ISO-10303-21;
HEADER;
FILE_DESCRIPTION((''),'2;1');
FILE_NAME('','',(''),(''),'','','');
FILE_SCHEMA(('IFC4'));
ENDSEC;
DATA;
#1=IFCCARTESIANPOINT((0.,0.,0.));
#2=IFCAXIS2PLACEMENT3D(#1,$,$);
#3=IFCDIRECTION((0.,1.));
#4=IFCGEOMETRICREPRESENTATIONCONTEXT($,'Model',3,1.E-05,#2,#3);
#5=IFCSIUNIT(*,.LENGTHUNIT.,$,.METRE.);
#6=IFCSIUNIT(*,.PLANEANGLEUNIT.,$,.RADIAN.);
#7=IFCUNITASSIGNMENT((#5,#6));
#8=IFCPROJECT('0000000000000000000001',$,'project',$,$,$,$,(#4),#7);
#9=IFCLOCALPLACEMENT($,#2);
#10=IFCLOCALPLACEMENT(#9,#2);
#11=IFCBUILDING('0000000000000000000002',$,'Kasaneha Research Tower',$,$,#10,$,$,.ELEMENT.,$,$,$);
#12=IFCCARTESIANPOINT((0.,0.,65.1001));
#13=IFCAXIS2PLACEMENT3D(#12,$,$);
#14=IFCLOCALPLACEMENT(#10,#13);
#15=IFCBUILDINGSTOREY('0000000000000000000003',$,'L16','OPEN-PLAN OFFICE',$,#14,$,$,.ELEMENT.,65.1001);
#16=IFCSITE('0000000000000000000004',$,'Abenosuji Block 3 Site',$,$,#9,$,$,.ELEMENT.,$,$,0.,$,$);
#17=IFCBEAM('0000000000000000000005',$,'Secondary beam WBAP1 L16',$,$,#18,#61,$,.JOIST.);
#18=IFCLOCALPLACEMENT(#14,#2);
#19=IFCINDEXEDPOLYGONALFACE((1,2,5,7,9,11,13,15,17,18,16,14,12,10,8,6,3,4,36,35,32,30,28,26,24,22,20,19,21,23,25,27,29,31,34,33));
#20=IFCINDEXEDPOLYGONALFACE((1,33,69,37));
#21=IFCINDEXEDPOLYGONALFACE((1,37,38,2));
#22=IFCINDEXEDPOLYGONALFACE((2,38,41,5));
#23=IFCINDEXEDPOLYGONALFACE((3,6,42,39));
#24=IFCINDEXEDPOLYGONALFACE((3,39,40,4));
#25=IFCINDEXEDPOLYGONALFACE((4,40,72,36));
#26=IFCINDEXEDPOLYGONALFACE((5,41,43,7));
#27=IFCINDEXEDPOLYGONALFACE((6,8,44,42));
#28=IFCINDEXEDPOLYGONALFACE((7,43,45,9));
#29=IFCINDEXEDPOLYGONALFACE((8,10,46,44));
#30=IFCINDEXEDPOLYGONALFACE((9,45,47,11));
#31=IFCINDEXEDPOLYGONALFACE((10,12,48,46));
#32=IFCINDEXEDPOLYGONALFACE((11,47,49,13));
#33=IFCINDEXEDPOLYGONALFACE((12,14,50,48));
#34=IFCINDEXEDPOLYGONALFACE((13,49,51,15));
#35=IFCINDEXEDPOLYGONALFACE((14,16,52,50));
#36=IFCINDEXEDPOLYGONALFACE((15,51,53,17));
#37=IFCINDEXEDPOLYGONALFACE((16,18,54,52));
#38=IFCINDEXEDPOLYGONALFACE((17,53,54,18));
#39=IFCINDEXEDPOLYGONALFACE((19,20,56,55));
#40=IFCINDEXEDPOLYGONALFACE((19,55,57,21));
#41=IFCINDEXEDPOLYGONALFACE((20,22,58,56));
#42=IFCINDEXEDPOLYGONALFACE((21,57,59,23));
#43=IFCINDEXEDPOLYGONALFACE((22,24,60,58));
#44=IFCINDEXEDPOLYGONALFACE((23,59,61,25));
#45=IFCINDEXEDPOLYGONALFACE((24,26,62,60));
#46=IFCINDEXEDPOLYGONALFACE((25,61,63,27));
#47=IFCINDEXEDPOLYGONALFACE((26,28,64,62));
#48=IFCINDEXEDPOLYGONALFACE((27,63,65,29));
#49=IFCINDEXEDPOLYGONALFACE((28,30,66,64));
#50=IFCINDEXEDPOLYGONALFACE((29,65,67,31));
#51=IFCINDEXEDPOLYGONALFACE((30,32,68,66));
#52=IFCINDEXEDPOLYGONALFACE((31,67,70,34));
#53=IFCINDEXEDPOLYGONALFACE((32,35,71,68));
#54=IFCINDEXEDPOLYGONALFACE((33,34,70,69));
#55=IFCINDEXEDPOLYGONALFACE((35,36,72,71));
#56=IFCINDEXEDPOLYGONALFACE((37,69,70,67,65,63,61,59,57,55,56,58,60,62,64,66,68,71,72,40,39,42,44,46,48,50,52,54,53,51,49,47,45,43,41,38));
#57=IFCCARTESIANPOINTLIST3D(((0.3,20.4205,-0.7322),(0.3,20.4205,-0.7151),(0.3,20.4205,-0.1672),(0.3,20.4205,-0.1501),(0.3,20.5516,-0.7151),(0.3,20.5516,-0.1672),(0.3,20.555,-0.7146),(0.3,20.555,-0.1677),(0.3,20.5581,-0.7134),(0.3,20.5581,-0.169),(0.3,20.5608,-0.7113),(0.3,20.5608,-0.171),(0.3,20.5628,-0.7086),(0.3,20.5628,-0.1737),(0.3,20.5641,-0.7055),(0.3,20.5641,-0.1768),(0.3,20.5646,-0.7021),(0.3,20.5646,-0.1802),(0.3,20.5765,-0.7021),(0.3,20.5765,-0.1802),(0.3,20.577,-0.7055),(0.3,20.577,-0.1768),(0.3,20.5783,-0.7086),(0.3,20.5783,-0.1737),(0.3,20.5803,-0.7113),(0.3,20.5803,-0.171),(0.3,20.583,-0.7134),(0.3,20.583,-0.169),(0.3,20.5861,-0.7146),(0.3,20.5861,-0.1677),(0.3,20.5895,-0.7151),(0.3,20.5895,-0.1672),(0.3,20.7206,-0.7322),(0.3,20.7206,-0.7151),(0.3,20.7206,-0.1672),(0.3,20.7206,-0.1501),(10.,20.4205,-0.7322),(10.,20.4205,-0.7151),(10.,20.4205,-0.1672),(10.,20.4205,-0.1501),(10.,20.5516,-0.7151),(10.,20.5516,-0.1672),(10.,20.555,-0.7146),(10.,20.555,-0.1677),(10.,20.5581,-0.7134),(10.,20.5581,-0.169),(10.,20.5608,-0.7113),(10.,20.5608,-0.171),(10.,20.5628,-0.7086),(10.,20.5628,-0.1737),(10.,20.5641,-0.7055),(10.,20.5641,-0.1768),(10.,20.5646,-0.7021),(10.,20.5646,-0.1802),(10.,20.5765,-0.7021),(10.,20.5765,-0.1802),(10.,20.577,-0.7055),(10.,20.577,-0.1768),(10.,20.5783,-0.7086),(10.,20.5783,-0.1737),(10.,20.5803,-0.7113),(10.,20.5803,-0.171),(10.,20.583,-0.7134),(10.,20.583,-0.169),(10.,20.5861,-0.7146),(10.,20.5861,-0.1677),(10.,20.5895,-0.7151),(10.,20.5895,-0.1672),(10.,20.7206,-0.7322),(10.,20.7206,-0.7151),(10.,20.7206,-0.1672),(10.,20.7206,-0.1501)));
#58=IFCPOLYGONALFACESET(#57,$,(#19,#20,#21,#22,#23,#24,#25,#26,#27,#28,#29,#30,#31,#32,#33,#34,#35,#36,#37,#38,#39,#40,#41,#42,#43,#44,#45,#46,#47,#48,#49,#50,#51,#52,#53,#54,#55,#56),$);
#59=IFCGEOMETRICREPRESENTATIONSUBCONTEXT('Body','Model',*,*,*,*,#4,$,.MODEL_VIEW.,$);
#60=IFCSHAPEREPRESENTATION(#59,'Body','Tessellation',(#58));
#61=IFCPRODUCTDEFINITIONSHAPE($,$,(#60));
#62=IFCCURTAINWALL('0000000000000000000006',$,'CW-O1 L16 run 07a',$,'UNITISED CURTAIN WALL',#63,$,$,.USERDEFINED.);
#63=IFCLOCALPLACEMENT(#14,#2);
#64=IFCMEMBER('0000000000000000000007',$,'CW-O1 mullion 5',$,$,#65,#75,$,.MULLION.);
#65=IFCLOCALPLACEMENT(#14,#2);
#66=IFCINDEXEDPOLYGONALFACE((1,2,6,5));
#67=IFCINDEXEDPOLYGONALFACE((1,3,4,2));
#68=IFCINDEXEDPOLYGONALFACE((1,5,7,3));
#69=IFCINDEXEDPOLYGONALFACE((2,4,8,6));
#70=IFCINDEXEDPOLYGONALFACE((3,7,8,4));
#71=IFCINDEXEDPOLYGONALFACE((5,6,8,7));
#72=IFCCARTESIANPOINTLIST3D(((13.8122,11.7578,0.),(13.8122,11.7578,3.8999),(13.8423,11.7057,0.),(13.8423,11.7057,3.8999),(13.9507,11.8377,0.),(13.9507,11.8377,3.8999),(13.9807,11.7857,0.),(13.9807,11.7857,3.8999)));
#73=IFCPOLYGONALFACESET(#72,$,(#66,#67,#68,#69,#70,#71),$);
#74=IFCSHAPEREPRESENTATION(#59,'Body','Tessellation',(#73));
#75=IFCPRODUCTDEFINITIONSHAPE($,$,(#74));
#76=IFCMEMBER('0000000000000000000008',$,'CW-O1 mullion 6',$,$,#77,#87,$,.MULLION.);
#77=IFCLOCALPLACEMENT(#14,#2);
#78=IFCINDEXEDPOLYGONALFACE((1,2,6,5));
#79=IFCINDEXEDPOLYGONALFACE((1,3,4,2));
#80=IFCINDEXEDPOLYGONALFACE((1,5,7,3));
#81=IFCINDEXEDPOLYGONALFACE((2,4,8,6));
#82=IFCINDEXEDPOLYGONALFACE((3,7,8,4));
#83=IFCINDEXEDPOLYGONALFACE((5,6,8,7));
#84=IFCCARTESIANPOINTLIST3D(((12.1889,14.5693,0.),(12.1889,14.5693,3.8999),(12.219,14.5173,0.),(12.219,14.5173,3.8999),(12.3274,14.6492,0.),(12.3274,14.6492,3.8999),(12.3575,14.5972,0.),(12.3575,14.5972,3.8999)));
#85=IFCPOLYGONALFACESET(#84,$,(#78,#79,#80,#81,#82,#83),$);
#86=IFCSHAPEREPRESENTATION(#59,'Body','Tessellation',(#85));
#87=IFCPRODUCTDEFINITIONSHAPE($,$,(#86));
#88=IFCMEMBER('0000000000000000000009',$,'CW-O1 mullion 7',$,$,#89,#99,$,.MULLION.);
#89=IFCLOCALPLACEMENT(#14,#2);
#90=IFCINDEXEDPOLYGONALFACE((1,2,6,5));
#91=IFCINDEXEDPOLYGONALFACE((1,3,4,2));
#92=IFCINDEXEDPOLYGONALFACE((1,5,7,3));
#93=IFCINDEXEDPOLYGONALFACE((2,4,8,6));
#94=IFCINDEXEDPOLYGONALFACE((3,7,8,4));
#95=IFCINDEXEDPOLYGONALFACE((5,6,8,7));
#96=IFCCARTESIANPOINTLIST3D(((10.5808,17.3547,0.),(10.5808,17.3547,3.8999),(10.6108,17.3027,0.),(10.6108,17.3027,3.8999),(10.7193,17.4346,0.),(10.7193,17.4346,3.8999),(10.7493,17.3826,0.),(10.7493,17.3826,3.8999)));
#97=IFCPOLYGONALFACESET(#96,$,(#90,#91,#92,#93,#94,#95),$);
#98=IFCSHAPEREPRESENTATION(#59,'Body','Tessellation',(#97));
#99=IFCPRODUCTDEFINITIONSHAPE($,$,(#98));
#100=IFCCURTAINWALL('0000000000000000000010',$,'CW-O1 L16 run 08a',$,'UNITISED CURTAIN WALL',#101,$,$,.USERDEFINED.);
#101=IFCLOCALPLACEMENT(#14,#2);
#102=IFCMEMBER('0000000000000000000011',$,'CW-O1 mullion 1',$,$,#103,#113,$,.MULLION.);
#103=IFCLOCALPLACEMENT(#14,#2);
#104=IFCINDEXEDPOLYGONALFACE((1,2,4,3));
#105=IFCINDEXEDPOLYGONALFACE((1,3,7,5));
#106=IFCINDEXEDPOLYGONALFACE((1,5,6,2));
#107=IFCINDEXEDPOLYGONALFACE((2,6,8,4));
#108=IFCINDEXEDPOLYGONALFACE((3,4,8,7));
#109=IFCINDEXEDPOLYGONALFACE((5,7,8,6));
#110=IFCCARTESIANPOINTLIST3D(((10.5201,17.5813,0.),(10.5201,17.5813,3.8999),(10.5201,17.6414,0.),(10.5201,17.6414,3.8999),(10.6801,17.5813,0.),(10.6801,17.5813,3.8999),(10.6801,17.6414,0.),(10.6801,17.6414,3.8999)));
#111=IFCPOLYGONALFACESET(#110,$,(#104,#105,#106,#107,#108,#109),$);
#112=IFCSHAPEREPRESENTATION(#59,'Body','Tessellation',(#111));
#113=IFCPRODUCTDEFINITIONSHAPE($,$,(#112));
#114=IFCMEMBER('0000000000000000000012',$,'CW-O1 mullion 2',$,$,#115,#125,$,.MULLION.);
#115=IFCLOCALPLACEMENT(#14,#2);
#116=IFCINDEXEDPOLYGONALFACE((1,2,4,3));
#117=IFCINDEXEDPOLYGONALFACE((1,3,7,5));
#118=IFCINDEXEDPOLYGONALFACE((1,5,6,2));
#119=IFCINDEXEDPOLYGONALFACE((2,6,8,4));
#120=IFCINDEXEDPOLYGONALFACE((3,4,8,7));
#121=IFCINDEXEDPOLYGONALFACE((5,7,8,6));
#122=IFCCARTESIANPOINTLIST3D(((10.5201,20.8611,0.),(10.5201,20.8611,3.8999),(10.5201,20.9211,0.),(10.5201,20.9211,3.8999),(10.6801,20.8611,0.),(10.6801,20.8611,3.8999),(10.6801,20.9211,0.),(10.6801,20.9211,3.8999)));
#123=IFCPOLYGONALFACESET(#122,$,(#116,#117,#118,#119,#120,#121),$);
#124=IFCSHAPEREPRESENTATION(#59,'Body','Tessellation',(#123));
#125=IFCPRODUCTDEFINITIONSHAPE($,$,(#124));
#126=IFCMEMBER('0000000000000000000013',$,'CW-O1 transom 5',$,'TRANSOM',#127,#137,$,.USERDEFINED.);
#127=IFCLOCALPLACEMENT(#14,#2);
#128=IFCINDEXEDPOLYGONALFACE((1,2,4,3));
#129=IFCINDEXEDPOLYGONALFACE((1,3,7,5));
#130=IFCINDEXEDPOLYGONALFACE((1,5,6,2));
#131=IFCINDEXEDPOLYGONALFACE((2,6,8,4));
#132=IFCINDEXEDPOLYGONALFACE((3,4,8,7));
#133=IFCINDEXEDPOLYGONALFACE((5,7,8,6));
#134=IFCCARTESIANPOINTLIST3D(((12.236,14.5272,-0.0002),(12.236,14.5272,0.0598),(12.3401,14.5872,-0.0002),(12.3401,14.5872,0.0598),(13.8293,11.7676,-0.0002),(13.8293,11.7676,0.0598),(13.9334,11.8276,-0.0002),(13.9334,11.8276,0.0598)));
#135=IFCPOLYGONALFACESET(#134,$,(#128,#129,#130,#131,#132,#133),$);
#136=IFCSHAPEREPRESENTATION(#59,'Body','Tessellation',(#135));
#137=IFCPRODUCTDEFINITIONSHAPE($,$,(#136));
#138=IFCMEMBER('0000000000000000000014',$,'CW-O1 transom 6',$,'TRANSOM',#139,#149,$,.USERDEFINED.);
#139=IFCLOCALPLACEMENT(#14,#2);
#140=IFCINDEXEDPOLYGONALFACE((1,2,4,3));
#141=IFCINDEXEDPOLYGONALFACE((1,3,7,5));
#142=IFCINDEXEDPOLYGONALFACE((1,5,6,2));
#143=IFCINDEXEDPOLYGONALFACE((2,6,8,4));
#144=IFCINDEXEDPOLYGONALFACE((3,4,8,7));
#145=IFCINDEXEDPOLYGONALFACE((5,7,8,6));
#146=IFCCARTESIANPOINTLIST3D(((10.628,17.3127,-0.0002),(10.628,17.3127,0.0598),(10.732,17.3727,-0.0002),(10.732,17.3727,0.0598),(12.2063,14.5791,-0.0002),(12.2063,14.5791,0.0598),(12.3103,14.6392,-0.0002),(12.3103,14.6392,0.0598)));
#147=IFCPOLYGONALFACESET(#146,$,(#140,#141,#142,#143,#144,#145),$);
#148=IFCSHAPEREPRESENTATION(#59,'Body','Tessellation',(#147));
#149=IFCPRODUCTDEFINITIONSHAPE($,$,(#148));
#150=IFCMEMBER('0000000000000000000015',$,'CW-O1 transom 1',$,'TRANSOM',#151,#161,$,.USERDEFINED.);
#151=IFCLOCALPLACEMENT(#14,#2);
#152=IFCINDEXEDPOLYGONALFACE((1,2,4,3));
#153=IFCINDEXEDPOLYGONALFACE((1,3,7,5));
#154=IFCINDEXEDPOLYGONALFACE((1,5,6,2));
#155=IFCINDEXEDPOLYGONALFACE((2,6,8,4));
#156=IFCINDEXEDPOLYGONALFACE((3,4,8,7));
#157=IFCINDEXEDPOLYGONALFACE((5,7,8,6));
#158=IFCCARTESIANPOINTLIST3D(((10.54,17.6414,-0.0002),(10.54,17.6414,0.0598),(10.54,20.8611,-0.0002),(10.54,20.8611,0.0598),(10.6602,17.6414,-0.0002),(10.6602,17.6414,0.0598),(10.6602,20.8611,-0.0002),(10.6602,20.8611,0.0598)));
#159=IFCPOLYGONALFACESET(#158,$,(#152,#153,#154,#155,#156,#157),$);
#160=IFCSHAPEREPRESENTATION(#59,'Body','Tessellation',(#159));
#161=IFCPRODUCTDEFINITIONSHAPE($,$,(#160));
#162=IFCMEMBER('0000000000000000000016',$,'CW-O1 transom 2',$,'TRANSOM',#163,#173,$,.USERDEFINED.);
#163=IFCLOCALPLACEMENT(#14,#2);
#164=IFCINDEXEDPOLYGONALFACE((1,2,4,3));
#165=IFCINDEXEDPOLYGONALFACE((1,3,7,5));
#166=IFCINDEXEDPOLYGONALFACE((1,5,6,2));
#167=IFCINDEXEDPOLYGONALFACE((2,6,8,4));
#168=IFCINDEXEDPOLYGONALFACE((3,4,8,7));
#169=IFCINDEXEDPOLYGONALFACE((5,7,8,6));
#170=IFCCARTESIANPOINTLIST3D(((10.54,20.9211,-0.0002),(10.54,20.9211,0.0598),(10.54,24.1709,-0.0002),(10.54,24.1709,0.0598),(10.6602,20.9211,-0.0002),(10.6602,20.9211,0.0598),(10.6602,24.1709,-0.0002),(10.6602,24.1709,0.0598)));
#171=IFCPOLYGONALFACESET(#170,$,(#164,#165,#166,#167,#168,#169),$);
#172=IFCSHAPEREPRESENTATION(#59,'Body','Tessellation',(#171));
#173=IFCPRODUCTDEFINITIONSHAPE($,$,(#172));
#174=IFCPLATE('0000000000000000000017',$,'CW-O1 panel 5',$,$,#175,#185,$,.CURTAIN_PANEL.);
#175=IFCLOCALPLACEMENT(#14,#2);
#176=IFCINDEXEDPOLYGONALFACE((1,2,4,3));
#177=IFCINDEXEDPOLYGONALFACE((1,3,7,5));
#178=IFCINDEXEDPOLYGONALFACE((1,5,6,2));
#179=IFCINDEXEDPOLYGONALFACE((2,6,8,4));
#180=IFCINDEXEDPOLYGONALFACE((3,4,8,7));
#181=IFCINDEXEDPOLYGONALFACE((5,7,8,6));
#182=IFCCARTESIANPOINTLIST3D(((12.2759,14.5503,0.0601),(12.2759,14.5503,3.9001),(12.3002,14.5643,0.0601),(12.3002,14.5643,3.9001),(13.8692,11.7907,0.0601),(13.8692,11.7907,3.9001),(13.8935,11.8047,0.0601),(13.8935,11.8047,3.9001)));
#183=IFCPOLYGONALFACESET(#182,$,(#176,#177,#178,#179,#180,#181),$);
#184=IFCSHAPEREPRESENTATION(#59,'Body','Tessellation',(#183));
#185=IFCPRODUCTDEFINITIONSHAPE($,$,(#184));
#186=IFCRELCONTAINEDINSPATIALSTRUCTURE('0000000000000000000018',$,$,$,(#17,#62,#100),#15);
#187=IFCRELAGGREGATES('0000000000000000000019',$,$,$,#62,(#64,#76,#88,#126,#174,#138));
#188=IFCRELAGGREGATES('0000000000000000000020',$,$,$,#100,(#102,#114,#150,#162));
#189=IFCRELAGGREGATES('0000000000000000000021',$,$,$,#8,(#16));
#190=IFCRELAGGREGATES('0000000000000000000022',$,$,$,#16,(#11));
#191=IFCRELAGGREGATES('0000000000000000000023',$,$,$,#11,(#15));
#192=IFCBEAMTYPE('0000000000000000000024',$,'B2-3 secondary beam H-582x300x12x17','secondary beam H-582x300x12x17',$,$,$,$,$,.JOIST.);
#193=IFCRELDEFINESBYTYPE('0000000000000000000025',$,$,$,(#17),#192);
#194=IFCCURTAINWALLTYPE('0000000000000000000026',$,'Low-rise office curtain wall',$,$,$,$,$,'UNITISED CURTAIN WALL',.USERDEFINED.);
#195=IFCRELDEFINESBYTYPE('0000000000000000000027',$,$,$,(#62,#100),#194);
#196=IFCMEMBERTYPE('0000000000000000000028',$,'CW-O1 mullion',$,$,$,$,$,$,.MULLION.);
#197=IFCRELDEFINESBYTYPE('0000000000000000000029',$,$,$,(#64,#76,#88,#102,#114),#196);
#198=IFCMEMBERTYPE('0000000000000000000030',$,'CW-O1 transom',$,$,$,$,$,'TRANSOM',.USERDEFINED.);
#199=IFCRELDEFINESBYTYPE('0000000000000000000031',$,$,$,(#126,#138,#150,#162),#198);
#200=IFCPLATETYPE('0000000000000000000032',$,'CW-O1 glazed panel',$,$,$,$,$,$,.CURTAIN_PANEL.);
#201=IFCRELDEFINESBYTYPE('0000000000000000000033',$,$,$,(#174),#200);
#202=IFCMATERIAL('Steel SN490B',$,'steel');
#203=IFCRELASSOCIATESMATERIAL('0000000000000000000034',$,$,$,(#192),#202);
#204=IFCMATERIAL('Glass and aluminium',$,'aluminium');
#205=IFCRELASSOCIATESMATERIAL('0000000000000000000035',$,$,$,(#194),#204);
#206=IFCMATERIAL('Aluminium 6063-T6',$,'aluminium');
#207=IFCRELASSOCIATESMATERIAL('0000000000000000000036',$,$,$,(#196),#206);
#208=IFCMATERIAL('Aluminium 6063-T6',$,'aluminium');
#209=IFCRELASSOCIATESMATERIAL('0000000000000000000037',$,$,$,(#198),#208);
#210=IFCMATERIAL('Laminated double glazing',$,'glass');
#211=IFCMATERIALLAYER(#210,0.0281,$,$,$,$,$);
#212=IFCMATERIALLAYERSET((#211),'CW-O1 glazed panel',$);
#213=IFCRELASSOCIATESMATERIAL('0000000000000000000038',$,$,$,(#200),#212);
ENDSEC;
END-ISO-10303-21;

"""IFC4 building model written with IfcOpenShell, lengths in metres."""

from ifc_helpers import new_model, si_unit, direction, frame, origin, origin_2d, place, context, subcontext, project, spatial, rectangle, i_section, extrude, material, layer, layer_set, material_profile, profile_set, type_object, element, aggregate, save


model = new_model("IFC4")

# Units and contexts
model_context = context("Model", 3, precision=1e-05, world=origin(), true_north=direction((0.0, 1.0)))
body_context = subcontext(model_context, "Body", "Model", "MODEL_VIEW")
ifc_project = project(units=[si_unit("LENGTHUNIT", "METRE"), si_unit("PLANEANGLEUNIT", "RADIAN")], contexts=[model_context])

# Site, building, storey
site_placement = place(None, origin())
site = spatial("IfcSite", under=ifc_project, at=site_placement, Name="Abenosuji Block 3 Site", CompositionType="ELEMENT", RefElevation=0.0)
building_placement = place(site_placement, origin())
building = spatial("IfcBuilding", under=site, at=building_placement, Name="Kasaneha Research Tower", CompositionType="ELEMENT")
storey_placement = place(building_placement, frame((0.0, 0.0, 65.1001)))
storey = spatial("IfcBuildingStorey", under=building, at=storey_placement, Name="L16", Description="OPEN-PLAN OFFICE", CompositionType="ELEMENT", Elevation=65.1001)

# Beam
ifc_material_1 = material(Name="Steel SN490B", Category="steel")
ifc_material_profile_1 = material_profile(ifc_material_1, i_section(OverallWidth=0.3, OverallDepth=0.582, WebThickness=0.012, FlangeThickness=0.0171, FilletRadius=0.0129, at=origin_2d()), Name="H-582x300x12x17")
ifc_profile_set_1 = profile_set([ifc_material_profile_1], Name="Steel SN490B")
beam_type = type_object("IfcBeamType", Name="B2-3 secondary beam H-582x300x12x17", Description="secondary beam H-582x300x12x17", PredefinedType="JOIST", material=ifc_profile_set_1)
beam_placement = place(storey_placement, frame((10.0, 20.5706, -0.4412), z_axis=(-1.0, 0.0, 0.0), x_axis=(0.0, -1.0, 0.0)))
element("IfcBeam", 1, at=beam_placement, inside=storey, type_object=beam_type, Name="Secondary beam WBAP1 L16", PredefinedType="JOIST", context=body_context, shape_type="SweptSolid", body=[
    extrude(i_section(OverallWidth=0.3, OverallDepth=0.582, WebThickness=0.012, FlangeThickness=0.0171, FilletRadius=0.0129, at=origin_2d()), origin(), (0.0, 0.0, 1.0), 9.7),
])

# Curtain walls, members
ifc_material_2 = material(Name="Glass and aluminium", Category="aluminium")
curtain_wall_type = type_object("IfcCurtainWallType", Name="Low-rise office curtain wall", ElementType="UNITISED CURTAIN WALL", PredefinedType="USERDEFINED", material=ifc_material_2)
curtain_wall_1_placement = place(storey_placement, origin())
curtain_wall_1 = element("IfcCurtainWall", 2, at=curtain_wall_1_placement, inside=storey, type_object=curtain_wall_type, Name="CW-O1 L16 run 07a", ObjectType="UNITISED CURTAIN WALL", PredefinedType="USERDEFINED")
ifc_material_3 = material(Name="Aluminium 6063-T6", Category="aluminium")
ifc_material_profile_2 = material_profile(ifc_material_3, rectangle(XDim=0.0601, YDim=0.1599, at=origin_2d()), Name="CW-O1 mullion 60x160")
ifc_profile_set_2 = profile_set([ifc_material_profile_2], Name="Aluminium 6063-T6")
member_type_1 = type_object("IfcMemberType", Name="CW-O1 mullion", PredefinedType="MULLION", material=ifc_profile_set_2)
member_1_placement = place(storey_placement, frame((13.8965, 11.7717, 0.0), z_axis=(0.0, 0.0, 1.0), x_axis=(-0.5, 0.866025, 0.0)))
member_1 = element("IfcMember", 3, at=member_1_placement, type_object=member_type_1, Name="CW-O1 mullion 5", PredefinedType="MULLION", context=body_context, shape_type="SweptSolid", body=[
    extrude(rectangle(XDim=0.0601, YDim=0.1599, at=origin_2d()), origin(), (0.0, 0.0, 1.0), 3.8999),
])
member_2_placement = place(storey_placement, frame((12.2732, 14.5833, 0.0), z_axis=(0.0, 0.0, 1.0), x_axis=(-0.5, 0.866025, 0.0)))
member_2 = element("IfcMember", 4, at=member_2_placement, type_object=member_type_1, Name="CW-O1 mullion 6", PredefinedType="MULLION", context=body_context, shape_type="SweptSolid", body=[
    extrude(rectangle(XDim=0.0601, YDim=0.1599, at=origin_2d()), origin(), (0.0, 0.0, 1.0), 3.8999),
])
member_3_placement = place(storey_placement, frame((10.665, 17.3687, 0.0), z_axis=(0.0, 0.0, 1.0), x_axis=(-0.5, 0.866025, 0.0)))
member_3 = element("IfcMember", 5, at=member_3_placement, type_object=member_type_1, Name="CW-O1 mullion 7", PredefinedType="MULLION", context=body_context, shape_type="SweptSolid", body=[
    extrude(rectangle(XDim=0.0601, YDim=0.1599, at=origin_2d()), origin(), (0.0, 0.0, 1.0), 3.8999),
])
curtain_wall_2_placement = place(storey_placement, origin())
curtain_wall_2 = element("IfcCurtainWall", 6, at=curtain_wall_2_placement, inside=storey, type_object=curtain_wall_type, Name="CW-O1 L16 run 08a", ObjectType="UNITISED CURTAIN WALL", PredefinedType="USERDEFINED")
member_4_placement = place(storey_placement, frame((10.6001, 17.6113, 0.0), z_axis=(0.0, 0.0, 1.0), x_axis=(0.0, 1.0, 0.0)))
member_4 = element("IfcMember", 7, at=member_4_placement, type_object=member_type_1, Name="CW-O1 mullion 1", PredefinedType="MULLION", context=body_context, shape_type="SweptSolid", body=[
    extrude(rectangle(XDim=0.0601, YDim=0.1599, at=origin_2d()), origin(), (0.0, 0.0, 1.0), 3.8999),
])
member_5_placement = place(storey_placement, frame((10.6001, 20.8911, 0.0), z_axis=(0.0, 0.0, 1.0), x_axis=(0.0, 1.0, 0.0)))
member_5 = element("IfcMember", 8, at=member_5_placement, type_object=member_type_1, Name="CW-O1 mullion 2", PredefinedType="MULLION", context=body_context, shape_type="SweptSolid", body=[
    extrude(rectangle(XDim=0.0601, YDim=0.1599, at=origin_2d()), origin(), (0.0, 0.0, 1.0), 3.8999),
])

# Members
ifc_material_4 = material(Name="Aluminium 6063-T6", Category="aluminium")
ifc_material_profile_3 = material_profile(ifc_material_4, rectangle(XDim=0.1201, YDim=0.0601, at=origin_2d()), Name="CW-O1 transom 120x60")
ifc_profile_set_3 = profile_set([ifc_material_profile_3], Name="Aluminium 6063-T6")
member_type_2 = type_object("IfcMemberType", Name="CW-O1 transom", ElementType="TRANSOM", PredefinedType="USERDEFINED", material=ifc_profile_set_3)
member_6_placement = place(storey_placement, frame((13.8813, 11.7976, 0.0298), z_axis=(-0.500012, 0.866018, 0.0), x_axis=(-0.866018, -0.500012, 0.0)))
member_6 = element("IfcMember", 9, at=member_6_placement, type_object=member_type_2, Name="CW-O1 transom 5", ObjectType="TRANSOM", PredefinedType="USERDEFINED", context=body_context, shape_type="SweptSolid", body=[
    extrude(rectangle(XDim=0.1201, YDim=0.0601, at=origin_2d()), origin(), (0.0, 0.0, 1.0), 3.1865),
])
member_7_placement = place(storey_placement, frame((12.2583, 14.6091, 0.0298), z_axis=(-0.500024, 0.866012, 0.0), x_axis=(-0.866012, -0.500024, 0.0)))
member_7 = element("IfcMember", 10, at=member_7_placement, type_object=member_type_2, Name="CW-O1 transom 6", ObjectType="TRANSOM", PredefinedType="USERDEFINED", context=body_context, shape_type="SweptSolid", body=[
    extrude(rectangle(XDim=0.1201, YDim=0.0601, at=origin_2d()), origin(), (0.0, 0.0, 1.0), 3.1565),
])
member_8_placement = place(storey_placement, frame((10.6001, 17.6414, 0.0298), z_axis=(0.0, 1.0, 0.0), x_axis=(-1.0, 0.0, 0.0)))
member_8 = element("IfcMember", 11, at=member_8_placement, type_object=member_type_2, Name="CW-O1 transom 1", ObjectType="TRANSOM", PredefinedType="USERDEFINED", context=body_context, shape_type="SweptSolid", body=[
    extrude(rectangle(XDim=0.1201, YDim=0.0601, at=origin_2d()), origin(), (0.0, 0.0, 1.0), 3.2197),
])
member_9_placement = place(storey_placement, frame((10.6001, 20.9211, 0.0298), z_axis=(0.0, 1.0, 0.0), x_axis=(-1.0, 0.0, 0.0)))
member_9 = element("IfcMember", 12, at=member_9_placement, type_object=member_type_2, Name="CW-O1 transom 2", ObjectType="TRANSOM", PredefinedType="USERDEFINED", context=body_context, shape_type="SweptSolid", body=[
    extrude(rectangle(XDim=0.1201, YDim=0.0601, at=origin_2d()), origin(), (0.0, 0.0, 1.0), 3.2498),
])

# Plate
ifc_material_5 = material(Name="Laminated double glazing", Category="glass")
ifc_layer_1 = layer(ifc_material_5, 0.0281)
ifc_layer_set_1 = layer_set([ifc_layer_1], Name="CW-O1 glazed panel")
plate_type = type_object("IfcPlateType", Name="CW-O1 glazed panel", PredefinedType="CURTAIN_PANEL", material=ifc_layer_set_1)
plate_1_placement = place(storey_placement, frame((13.0847, 13.1775, 0.0601), z_axis=(0.0, 0.0, 1.0), x_axis=(-0.5, 0.866025, 0.0)))
plate_1 = element("IfcPlate", 13, at=plate_1_placement, type_object=plate_type, Name="CW-O1 panel 5", PredefinedType="CURTAIN_PANEL", context=body_context, shape_type="SweptSolid", body=[
    extrude(rectangle(XDim=3.1865, YDim=0.0281, at=origin_2d()), origin(), (0.0, 0.0, 1.0), 3.8401),
])
aggregate(curtain_wall_1, [member_1, member_2, member_3, member_6, plate_1, member_7])
aggregate(curtain_wall_2, [member_4, member_5, member_8, member_9])

save(model, "model.ifc")
